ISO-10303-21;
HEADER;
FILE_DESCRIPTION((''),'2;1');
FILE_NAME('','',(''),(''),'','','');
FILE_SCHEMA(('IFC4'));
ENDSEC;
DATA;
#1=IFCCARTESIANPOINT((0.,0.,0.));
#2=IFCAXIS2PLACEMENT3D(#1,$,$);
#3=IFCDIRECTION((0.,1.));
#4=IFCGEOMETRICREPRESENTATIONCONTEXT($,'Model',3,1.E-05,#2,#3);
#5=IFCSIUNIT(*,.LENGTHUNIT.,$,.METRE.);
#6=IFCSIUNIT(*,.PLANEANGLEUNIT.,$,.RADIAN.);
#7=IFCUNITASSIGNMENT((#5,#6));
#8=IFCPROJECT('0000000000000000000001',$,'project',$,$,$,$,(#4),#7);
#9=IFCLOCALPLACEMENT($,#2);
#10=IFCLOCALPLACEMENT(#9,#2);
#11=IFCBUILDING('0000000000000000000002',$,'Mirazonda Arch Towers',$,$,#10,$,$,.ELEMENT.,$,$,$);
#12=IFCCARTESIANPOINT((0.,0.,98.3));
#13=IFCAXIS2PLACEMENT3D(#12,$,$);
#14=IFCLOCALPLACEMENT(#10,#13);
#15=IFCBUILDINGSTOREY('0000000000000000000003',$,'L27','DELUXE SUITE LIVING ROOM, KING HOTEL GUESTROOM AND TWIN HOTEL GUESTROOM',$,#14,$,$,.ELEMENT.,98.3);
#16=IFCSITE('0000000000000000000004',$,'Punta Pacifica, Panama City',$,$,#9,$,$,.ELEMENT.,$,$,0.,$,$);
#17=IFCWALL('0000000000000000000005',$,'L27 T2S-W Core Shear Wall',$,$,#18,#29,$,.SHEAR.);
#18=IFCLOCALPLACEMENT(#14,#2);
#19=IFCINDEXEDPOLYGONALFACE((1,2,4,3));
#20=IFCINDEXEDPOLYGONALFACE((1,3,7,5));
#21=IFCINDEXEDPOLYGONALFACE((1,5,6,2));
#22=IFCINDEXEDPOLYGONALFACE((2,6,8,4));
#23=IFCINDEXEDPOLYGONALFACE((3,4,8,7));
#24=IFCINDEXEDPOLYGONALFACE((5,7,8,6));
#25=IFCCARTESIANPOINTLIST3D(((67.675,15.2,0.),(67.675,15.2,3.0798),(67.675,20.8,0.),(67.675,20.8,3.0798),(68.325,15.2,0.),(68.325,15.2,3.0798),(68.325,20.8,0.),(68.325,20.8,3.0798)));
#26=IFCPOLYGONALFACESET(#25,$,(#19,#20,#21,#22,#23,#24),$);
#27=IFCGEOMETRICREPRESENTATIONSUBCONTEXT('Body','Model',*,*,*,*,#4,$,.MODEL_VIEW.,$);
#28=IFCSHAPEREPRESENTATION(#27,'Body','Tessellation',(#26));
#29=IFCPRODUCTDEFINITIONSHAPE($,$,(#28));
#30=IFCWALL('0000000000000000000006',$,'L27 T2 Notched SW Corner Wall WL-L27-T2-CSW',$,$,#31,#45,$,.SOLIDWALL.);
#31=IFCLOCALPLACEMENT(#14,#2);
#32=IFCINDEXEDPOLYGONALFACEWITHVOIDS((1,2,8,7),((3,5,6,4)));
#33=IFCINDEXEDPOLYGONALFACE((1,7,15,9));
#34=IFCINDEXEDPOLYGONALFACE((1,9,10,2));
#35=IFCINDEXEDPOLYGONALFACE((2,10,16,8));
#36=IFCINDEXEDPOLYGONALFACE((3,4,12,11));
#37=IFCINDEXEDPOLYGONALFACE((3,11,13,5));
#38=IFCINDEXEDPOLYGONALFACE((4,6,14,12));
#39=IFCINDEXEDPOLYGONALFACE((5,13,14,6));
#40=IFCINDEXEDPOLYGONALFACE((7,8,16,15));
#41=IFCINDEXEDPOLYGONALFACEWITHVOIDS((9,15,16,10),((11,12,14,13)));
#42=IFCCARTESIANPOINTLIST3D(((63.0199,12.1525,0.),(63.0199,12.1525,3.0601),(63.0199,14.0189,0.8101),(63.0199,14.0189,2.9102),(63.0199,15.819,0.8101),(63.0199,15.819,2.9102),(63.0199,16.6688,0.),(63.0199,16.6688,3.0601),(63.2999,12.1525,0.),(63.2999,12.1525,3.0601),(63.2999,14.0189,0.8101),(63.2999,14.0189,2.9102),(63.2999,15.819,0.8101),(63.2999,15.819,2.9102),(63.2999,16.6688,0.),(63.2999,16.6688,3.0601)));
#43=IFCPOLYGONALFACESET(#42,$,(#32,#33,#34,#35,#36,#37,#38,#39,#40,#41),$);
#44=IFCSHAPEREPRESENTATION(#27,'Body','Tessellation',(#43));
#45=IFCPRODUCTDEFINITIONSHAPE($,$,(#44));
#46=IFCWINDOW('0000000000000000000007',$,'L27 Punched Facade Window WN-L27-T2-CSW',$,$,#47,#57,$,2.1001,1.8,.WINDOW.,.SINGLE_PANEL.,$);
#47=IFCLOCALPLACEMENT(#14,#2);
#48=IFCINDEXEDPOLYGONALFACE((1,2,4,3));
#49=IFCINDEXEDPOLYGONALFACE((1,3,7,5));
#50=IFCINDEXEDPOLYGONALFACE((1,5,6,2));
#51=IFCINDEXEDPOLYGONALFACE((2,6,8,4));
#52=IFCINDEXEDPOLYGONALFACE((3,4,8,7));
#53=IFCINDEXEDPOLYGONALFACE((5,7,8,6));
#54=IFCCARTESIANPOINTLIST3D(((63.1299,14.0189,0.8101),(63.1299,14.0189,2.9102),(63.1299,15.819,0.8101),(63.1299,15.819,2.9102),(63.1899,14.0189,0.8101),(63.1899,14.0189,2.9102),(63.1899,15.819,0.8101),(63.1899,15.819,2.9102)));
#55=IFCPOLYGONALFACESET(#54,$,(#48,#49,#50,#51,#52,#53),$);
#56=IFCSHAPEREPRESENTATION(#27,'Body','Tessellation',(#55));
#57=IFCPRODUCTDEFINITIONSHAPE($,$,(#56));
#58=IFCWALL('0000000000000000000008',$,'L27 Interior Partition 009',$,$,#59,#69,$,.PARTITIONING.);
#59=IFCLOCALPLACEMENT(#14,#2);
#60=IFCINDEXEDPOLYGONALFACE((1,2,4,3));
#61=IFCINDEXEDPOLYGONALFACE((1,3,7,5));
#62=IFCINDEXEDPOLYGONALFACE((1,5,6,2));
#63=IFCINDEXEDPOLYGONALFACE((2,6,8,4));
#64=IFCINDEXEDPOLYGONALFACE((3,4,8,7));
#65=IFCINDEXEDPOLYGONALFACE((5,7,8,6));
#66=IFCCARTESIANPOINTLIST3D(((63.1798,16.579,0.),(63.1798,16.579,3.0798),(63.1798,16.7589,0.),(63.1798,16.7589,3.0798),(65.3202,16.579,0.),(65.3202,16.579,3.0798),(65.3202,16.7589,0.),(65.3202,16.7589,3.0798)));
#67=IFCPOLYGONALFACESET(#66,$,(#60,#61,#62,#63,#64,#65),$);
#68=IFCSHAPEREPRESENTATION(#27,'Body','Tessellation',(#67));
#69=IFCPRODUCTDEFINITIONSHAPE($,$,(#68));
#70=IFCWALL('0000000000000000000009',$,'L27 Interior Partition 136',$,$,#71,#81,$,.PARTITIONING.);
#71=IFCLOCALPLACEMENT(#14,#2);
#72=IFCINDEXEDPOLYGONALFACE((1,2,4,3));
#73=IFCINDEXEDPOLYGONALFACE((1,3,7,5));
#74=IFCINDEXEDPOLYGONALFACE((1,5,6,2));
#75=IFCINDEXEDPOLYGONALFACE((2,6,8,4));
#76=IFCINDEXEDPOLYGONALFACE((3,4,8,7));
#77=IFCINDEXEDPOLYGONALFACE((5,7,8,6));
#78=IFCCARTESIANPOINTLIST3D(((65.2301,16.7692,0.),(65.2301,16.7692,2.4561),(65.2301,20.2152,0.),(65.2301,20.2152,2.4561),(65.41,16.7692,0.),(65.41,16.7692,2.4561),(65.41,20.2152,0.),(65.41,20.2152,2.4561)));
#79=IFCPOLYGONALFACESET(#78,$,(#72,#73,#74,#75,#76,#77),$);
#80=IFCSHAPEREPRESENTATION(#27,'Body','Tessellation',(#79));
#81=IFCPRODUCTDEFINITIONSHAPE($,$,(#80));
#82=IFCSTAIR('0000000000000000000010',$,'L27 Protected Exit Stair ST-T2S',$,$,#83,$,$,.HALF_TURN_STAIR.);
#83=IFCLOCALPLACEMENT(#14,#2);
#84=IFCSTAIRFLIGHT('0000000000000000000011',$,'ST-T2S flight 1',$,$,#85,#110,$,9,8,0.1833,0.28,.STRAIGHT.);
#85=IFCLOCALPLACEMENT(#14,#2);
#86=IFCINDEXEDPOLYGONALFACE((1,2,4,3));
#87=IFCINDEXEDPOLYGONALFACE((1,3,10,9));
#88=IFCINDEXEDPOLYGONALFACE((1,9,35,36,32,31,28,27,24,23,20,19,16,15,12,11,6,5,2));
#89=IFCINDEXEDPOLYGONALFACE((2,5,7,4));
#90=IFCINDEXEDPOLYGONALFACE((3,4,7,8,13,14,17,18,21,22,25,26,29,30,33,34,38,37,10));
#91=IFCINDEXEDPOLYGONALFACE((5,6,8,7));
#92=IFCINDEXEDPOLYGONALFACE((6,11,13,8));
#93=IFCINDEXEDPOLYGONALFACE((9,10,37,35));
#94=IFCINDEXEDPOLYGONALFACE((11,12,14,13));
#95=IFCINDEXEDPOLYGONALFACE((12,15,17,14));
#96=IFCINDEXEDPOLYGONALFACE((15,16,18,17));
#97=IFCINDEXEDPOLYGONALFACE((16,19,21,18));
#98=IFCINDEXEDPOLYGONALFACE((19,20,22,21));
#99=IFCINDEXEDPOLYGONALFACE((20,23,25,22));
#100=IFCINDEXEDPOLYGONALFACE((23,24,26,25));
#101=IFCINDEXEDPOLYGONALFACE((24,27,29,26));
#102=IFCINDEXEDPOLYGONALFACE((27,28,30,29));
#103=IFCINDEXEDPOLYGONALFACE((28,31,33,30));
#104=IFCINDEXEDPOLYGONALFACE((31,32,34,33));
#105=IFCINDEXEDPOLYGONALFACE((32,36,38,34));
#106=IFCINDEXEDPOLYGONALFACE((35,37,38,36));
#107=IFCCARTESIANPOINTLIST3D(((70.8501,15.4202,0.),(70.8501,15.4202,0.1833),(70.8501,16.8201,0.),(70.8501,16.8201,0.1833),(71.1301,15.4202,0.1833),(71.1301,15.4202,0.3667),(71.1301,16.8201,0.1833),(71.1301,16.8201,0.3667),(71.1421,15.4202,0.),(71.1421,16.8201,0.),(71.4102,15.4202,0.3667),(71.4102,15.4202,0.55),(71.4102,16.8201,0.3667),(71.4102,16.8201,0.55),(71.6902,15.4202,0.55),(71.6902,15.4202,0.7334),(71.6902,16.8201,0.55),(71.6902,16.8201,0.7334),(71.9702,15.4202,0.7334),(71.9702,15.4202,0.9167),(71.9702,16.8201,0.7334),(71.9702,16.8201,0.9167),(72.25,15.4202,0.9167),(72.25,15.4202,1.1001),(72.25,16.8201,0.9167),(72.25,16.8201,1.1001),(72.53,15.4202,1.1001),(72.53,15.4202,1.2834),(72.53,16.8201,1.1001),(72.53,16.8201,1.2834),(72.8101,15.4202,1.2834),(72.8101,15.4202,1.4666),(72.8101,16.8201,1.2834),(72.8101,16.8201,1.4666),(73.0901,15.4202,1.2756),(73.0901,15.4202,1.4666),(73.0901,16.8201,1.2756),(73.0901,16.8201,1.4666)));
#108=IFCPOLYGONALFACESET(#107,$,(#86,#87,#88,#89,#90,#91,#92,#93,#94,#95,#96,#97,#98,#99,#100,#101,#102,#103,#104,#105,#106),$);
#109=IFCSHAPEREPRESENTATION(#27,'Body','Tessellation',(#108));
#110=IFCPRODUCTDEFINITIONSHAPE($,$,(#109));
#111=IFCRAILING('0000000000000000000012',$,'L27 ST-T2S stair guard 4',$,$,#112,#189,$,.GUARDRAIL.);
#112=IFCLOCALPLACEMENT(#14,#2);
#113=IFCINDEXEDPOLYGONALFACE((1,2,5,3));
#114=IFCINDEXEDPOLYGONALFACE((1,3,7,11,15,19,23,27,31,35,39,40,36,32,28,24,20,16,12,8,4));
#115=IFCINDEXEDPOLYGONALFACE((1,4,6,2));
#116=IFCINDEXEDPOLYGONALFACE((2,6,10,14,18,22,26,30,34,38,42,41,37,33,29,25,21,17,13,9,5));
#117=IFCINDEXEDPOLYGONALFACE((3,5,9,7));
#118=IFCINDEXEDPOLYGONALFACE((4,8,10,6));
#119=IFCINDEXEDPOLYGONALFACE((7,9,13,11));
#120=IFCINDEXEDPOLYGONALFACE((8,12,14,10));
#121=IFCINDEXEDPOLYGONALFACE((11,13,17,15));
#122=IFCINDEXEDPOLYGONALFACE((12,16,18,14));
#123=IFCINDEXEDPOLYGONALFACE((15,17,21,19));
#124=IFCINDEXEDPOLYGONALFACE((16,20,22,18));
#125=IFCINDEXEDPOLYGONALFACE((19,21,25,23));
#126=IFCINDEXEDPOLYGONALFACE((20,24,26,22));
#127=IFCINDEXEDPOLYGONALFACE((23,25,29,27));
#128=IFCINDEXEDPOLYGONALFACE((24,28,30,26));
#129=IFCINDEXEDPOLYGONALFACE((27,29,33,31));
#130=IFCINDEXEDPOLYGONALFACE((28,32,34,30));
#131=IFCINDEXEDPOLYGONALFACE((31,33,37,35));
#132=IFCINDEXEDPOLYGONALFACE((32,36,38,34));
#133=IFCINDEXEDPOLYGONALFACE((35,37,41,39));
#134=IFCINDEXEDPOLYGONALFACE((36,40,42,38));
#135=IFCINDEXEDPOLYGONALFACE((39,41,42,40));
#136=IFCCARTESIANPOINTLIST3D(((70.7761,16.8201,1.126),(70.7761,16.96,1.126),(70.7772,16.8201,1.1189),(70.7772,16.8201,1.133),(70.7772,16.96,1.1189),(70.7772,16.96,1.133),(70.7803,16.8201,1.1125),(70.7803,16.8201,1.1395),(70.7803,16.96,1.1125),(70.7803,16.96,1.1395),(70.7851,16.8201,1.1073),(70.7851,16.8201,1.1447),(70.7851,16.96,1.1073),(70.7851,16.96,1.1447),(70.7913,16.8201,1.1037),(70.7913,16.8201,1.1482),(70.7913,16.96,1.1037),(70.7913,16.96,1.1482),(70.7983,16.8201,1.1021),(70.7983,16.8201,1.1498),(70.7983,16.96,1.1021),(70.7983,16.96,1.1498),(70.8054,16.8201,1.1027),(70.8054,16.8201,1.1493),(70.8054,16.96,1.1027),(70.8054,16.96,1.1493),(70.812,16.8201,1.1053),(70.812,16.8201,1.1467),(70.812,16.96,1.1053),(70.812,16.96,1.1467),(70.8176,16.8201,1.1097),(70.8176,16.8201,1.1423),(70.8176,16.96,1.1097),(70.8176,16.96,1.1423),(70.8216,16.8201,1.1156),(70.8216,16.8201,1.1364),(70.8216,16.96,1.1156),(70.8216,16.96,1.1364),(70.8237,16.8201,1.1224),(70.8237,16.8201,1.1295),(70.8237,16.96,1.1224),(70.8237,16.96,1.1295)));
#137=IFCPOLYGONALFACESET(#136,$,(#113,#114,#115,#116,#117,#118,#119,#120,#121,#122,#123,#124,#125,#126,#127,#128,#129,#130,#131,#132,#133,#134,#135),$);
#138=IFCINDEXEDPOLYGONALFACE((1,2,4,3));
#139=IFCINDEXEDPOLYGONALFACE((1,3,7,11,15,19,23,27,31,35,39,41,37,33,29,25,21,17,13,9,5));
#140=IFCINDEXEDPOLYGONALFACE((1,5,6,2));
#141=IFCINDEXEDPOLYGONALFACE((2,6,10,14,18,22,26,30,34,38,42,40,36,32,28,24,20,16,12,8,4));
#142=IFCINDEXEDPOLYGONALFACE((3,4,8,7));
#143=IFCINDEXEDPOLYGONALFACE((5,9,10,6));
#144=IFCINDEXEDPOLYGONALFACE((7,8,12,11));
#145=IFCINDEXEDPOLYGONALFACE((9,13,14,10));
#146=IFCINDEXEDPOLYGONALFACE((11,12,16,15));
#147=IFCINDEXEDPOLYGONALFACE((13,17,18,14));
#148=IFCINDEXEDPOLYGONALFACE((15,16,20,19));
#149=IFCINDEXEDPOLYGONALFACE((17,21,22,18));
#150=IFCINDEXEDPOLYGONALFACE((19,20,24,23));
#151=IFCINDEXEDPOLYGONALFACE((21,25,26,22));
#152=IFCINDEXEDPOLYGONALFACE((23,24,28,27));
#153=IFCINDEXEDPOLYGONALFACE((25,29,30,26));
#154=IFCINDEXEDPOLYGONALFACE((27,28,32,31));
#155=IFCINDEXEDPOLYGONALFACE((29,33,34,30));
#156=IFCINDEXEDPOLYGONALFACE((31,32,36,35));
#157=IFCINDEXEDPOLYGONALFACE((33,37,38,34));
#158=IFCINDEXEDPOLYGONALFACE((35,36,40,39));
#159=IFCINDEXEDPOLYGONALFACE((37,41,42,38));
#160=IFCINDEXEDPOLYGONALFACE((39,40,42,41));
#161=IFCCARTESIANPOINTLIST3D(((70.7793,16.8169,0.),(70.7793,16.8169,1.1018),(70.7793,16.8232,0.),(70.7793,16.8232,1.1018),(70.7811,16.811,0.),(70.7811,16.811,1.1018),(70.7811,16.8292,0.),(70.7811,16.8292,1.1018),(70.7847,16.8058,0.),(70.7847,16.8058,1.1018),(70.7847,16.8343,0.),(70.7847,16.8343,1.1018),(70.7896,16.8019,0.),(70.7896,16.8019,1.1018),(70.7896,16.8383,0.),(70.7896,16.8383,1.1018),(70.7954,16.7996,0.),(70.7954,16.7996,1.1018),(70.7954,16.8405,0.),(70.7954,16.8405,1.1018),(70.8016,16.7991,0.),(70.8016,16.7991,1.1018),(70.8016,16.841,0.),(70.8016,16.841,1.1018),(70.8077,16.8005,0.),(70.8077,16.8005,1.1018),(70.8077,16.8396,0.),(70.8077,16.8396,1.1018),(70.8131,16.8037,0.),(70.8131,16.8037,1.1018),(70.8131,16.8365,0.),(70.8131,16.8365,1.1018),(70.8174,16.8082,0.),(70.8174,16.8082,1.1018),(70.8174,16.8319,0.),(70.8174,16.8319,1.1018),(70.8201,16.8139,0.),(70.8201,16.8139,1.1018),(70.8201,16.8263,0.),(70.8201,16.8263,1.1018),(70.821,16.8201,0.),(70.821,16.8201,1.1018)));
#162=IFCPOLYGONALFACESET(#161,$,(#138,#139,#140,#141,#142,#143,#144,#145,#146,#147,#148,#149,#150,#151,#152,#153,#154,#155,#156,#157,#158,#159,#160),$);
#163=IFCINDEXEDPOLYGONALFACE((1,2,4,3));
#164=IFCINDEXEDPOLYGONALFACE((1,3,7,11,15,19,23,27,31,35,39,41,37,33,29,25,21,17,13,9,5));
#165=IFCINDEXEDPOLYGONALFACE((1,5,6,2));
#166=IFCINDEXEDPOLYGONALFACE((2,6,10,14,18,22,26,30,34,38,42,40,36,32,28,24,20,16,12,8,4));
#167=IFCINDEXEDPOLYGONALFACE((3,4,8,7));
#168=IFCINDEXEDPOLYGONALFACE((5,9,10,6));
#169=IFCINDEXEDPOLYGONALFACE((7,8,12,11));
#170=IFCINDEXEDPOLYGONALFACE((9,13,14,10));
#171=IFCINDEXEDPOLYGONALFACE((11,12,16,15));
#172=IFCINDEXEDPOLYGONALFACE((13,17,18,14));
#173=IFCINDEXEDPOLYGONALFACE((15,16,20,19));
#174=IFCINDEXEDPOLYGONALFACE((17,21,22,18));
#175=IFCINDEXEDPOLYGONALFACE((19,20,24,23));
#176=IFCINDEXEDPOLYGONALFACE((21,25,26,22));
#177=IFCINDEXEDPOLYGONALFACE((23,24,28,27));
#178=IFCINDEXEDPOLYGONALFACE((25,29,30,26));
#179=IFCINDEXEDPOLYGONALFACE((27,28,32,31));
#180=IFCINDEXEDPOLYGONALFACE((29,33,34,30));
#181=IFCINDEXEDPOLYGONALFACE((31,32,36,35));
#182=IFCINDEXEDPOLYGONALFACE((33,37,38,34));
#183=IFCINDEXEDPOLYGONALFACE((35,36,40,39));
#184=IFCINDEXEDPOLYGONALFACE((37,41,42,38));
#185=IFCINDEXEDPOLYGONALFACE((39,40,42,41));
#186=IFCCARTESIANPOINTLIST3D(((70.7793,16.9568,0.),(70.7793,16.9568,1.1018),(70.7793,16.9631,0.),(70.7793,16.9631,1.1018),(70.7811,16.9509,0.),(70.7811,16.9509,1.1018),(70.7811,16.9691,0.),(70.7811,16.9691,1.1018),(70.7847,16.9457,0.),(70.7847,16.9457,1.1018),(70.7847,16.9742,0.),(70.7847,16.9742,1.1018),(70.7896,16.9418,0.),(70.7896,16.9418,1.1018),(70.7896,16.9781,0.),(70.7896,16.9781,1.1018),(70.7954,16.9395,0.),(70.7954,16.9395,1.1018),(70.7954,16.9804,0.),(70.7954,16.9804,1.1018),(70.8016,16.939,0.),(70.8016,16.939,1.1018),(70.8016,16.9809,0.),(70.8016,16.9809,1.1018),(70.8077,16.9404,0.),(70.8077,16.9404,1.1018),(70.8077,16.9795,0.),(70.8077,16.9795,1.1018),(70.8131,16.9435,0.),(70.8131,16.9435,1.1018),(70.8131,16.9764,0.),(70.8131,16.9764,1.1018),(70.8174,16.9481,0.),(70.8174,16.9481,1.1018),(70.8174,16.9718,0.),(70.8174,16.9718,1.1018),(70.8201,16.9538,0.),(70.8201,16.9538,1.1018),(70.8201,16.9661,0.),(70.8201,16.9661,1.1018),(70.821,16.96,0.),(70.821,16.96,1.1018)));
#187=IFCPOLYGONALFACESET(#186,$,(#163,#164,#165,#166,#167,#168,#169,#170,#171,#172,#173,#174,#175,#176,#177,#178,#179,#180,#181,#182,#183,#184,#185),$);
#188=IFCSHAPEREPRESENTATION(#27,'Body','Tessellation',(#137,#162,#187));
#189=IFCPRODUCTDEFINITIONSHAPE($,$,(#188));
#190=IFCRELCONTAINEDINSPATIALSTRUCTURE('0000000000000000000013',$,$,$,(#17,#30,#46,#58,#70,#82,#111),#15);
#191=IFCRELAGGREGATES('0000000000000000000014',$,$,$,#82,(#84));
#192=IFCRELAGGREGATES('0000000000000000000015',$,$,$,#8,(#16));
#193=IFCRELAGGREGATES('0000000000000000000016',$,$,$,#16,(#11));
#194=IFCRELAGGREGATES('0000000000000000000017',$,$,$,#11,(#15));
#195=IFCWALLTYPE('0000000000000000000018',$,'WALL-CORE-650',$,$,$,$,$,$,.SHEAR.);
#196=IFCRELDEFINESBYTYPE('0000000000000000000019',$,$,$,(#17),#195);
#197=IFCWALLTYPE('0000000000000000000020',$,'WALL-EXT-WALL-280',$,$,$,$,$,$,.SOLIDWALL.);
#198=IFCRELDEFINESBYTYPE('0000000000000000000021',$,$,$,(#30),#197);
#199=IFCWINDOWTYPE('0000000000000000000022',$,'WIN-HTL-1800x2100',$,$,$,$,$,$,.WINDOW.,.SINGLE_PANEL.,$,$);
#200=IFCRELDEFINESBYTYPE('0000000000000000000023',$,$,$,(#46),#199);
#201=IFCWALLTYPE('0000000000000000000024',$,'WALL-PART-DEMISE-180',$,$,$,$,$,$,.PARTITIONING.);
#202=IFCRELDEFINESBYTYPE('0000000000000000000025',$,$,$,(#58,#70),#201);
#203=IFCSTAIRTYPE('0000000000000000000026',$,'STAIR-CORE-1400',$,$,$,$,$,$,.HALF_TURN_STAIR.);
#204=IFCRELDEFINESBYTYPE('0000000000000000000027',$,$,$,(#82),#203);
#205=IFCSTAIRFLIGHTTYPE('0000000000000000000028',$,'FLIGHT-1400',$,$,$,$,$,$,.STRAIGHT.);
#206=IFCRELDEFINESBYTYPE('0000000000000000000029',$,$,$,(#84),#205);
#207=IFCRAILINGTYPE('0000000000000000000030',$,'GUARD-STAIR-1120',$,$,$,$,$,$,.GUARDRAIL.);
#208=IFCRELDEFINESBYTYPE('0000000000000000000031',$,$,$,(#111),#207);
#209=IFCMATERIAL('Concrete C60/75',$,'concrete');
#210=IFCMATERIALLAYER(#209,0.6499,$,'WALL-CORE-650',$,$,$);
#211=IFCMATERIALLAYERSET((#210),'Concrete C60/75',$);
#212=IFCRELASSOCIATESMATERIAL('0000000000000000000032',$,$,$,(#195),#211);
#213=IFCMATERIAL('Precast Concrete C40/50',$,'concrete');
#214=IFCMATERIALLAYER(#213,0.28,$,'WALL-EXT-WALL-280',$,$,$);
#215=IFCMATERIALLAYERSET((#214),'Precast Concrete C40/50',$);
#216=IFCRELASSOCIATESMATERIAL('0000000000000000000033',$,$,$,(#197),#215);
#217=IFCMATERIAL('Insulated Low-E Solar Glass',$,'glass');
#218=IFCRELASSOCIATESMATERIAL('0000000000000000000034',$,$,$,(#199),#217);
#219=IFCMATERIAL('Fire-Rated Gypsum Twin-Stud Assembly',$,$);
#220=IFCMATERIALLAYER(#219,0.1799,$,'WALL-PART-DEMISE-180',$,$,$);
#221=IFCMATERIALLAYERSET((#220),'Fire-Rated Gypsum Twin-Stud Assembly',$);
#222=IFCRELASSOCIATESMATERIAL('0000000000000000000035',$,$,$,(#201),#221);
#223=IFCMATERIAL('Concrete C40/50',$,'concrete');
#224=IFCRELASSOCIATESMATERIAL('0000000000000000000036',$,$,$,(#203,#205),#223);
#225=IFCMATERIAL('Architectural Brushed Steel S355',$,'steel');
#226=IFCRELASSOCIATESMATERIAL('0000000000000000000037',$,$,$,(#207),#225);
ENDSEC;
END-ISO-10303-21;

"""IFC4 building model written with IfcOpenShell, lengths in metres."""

from ifc_helpers import new_model, si_unit, direction, frame, frame_2d, origin, origin_2d, place, context, subcontext, project, spatial, polyline, rectangle, circle, outline, extrude, material, layer, layer_set, type_object, element, fill, aggregate, save


model = new_model("IFC4")

# Units and contexts
model_context = context("Model", 3, precision=1e-05, world=origin(), true_north=direction((0.0, 1.0)))
body_context = subcontext(model_context, "Body", "Model", "MODEL_VIEW")
ifc_project = project(units=[si_unit("LENGTHUNIT", "METRE"), si_unit("PLANEANGLEUNIT", "RADIAN")], contexts=[model_context])

# Site, building, storey
site_placement = place(None, origin())
site = spatial("IfcSite", under=ifc_project, at=site_placement, Name="Punta Pacifica, Panama City", CompositionType="ELEMENT", RefElevation=0.0)
building_placement = place(site_placement, origin())
building = spatial("IfcBuilding", under=site, at=building_placement, Name="Mirazonda Arch Towers", CompositionType="ELEMENT")
storey_placement = place(building_placement, frame((0.0, 0.0, 98.3)))
storey = spatial("IfcBuildingStorey", under=building, at=storey_placement, Name="L27", Description="DELUXE SUITE LIVING ROOM, KING HOTEL GUESTROOM AND TWIN HOTEL GUESTROOM", CompositionType="ELEMENT", Elevation=98.3)

# Shared definitions
ifc_material_1 = material(Name="Concrete C60/75", Category="concrete")

# Shared definitions
ifc_material_2 = material(Name="Insulated Low-E Solar Glass", Category="glass")

# Shared definitions
ifc_material_3 = material(Name="Architectural Brushed Steel S355", Category="steel")

# Wall
ifc_layer_1 = layer(ifc_material_1, 0.6499, Name="WALL-CORE-650")
ifc_layer_set_1 = layer_set([ifc_layer_1], Name="Concrete C60/75")
wall_type_1 = type_object("IfcWallType", Name="WALL-CORE-650", PredefinedType="SHEAR", material=ifc_layer_set_1)
wall_1_placement = place(storey_placement, frame((68.0, 15.2, 0.0), z_axis=(0.0, 0.0, 1.0), x_axis=(0.0, 1.0, 0.0)))
element("IfcWall", 1, at=wall_1_placement, inside=storey, type_object=wall_type_1, Name="L27 T2S-W Core Shear Wall", PredefinedType="SHEAR", context=body_context, shape_type="SweptSolid", body=[
    extrude(rectangle(XDim=5.6001, YDim=0.6499, at=frame_2d((2.8, 0.0))), origin(), (0.0, 0.0, 1.0), 3.0798),
])

# Wall, opening, window
ifc_material_4 = material(Name="Precast Concrete C40/50", Category="concrete")
ifc_layer_2 = layer(ifc_material_4, 0.28, Name="WALL-EXT-WALL-280")
ifc_layer_set_2 = layer_set([ifc_layer_2], Name="Precast Concrete C40/50")
wall_type_2 = type_object("IfcWallType", Name="WALL-EXT-WALL-280", PredefinedType="SOLIDWALL", material=ifc_layer_set_2)
wall_2_placement = place(storey_placement, frame((63.1599, 16.6689, 0.0), z_axis=(0.0, 0.0, 1.0), x_axis=(0.0, -1.0, 0.0)))
wall_2 = element("IfcWall", 2, at=wall_2_placement, inside=storey, type_object=wall_type_2, Name="L27 T2 Notched SW Corner Wall WL-L27-T2-CSW", PredefinedType="SOLIDWALL", context=body_context, shape_type="SweptSolid", body=[
    extrude(rectangle(XDim=4.5164, YDim=0.28, at=frame_2d((2.2583, 0.0))), origin(), (0.0, 0.0, 1.0), 3.0601),
])
opening_1_placement = place(wall_2_placement, frame((0.8501, 0.0, 0.8101)))
opening_1 = element("IfcOpeningElement", 3, at=opening_1_placement, cuts=wall_2, PredefinedType="OPENING", context=body_context, shape_type="SweptSolid", body=[
    extrude(rectangle(XDim=1.8, YDim=2.1001, at=frame_2d((0.8999, 1.05))), frame((0.0, 0.1499, 0.0), z_axis=(0.0, -1.0, 0.0), x_axis=(1.0, 0.0, 0.0)), (0.0, 0.0, 1.0), 0.3),
])
window_type = type_object("IfcWindowType", Name="WIN-HTL-1800x2100", PartitioningType="SINGLE_PANEL", PredefinedType="WINDOW", material=ifc_material_2)
window_placement = place(opening_1_placement, origin())
window = element("IfcWindow", 4, at=window_placement, inside=storey, type_object=window_type, Name="L27 Punched Facade Window WN-L27-T2-CSW", OverallHeight=2.1001, OverallWidth=1.8, PartitioningType="SINGLE_PANEL", PredefinedType="WINDOW", context=body_context, shape_type="SweptSolid", body=[
    extrude(rectangle(XDim=1.8, YDim=2.1001, at=frame_2d((0.8999, 1.05))), frame((0.0, 0.03, 0.0), z_axis=(0.0, -1.0, 0.0), x_axis=(1.0, 0.0, 0.0)), (0.0, 0.0, 1.0), 0.0601),
])
fill(opening_1, window)

# Walls
ifc_material_5 = material(Name="Fire-Rated Gypsum Twin-Stud Assembly")
ifc_layer_3 = layer(ifc_material_5, 0.1799, Name="WALL-PART-DEMISE-180")
ifc_layer_set_3 = layer_set([ifc_layer_3], Name="Fire-Rated Gypsum Twin-Stud Assembly")
wall_type_3 = type_object("IfcWallType", Name="WALL-PART-DEMISE-180", PredefinedType="PARTITIONING", material=ifc_layer_set_3)
wall_3_placement = place(storey_placement, frame((63.1797, 16.6689, 0.0), z_axis=(0.0, 0.0, 1.0), x_axis=(1.0, 0.0, 0.0)))
element("IfcWall", 5, at=wall_3_placement, inside=storey, type_object=wall_type_3, Name="L27 Interior Partition 009", PredefinedType="PARTITIONING", context=body_context, shape_type="SweptSolid", body=[
    extrude(rectangle(XDim=2.1404, YDim=0.1799, at=frame_2d((1.0703, 0.0))), origin(), (0.0, 0.0, 1.0), 3.0798),
])
wall_4_placement = place(storey_placement, frame((65.3201, 16.769, 0.0), z_axis=(0.0, 0.0, 1.0), x_axis=(0.0, 1.0, 0.0)))
element("IfcWall", 6, at=wall_4_placement, inside=storey, type_object=wall_type_3, Name="L27 Interior Partition 136", PredefinedType="PARTITIONING", context=body_context, shape_type="SweptSolid", body=[
    extrude(rectangle(XDim=3.446, YDim=0.1799, at=frame_2d((1.7231, 0.0))), origin(), (0.0, 0.0, 1.0), 2.4561),
])

# Stair, stair flight
ifc_material_6 = material(Name="Concrete C40/50", Category="concrete")
stair_type = type_object("IfcStairType", Name="STAIR-CORE-1400", PredefinedType="HALF_TURN_STAIR", material=ifc_material_6)
stair_placement = place(storey_placement, origin())
stair = element("IfcStair", 7, at=stair_placement, inside=storey, type_object=stair_type, Name="L27 Protected Exit Stair ST-T2S", PredefinedType="HALF_TURN_STAIR")
stair_flight_type = type_object("IfcStairFlightType", Name="FLIGHT-1400", PredefinedType="STRAIGHT", material=ifc_material_6)
stair_flight_placement = place(storey_placement, frame((70.8501, 16.1201, 0.0), z_axis=(0.0, 0.0, 1.0), x_axis=(1.0, 0.0, 0.0)))
stair_flight = element("IfcStairFlight", 8, at=stair_flight_placement, type_object=stair_flight_type, Name="ST-T2S flight 1", NumberOfRisers=9, NumberOfTreads=8, PredefinedType="STRAIGHT", RiserHeight=0.1833, TreadLength=0.28, context=body_context, shape_type="SweptSolid", body=[
    extrude(outline(polyline([(0.0, 0.0), (0.0, 0.1833), (0.28, 0.1833), (0.28, 0.3667), (0.5601, 0.3667), (0.5601, 0.55), (0.8401, 0.55), (0.8401, 0.7334), (1.1201, 0.7334), (1.1201, 0.9167), (1.3999, 0.9167), (1.3999, 1.1001), (1.6799, 1.1001), (1.6799, 1.2834), (1.96, 1.2834), (1.96, 1.4666), (2.24, 1.4666), (2.24, 1.6499), (2.24, 1.2756), (0.292, 0.0), (0.0, 0.0)])), frame((0.0, 0.7, 0.0), z_axis=(0.0, -1.0, 0.0), x_axis=(1.0, 0.0, 0.0)), (0.0, 0.0, 1.0), 1.3999),
])
aggregate(stair, [stair_flight])

# Railing
railing_type = type_object("IfcRailingType", Name="GUARD-STAIR-1120", PredefinedType="GUARDRAIL", material=ifc_material_3)
railing_placement = place(storey_placement, frame((70.8, 16.8201, 0.0)))
element("IfcRailing", 9, at=railing_placement, inside=storey, type_object=railing_type, Name="L27 ST-T2S stair guard 4", PredefinedType="GUARDRAIL", context=body_context, shape_type="SweptSolid", body=[
    extrude(circle(Radius=0.0239, at=origin_2d()), frame((0.0, 0.0, 1.126), z_axis=(0.0, 1.0, 0.0), x_axis=(-1.0, 0.0, 0.0)), (0.0, 0.0, 1.0), 0.1399),
    extrude(circle(Radius=0.021, at=origin_2d()), origin(), (0.0, 0.0, 1.0), 1.1018),
    extrude(circle(Radius=0.021, at=origin_2d()), frame((0.0, 0.1399, 0.0)), (0.0, 0.0, 1.0), 1.1018),
])

save(model, "model.ifc")
